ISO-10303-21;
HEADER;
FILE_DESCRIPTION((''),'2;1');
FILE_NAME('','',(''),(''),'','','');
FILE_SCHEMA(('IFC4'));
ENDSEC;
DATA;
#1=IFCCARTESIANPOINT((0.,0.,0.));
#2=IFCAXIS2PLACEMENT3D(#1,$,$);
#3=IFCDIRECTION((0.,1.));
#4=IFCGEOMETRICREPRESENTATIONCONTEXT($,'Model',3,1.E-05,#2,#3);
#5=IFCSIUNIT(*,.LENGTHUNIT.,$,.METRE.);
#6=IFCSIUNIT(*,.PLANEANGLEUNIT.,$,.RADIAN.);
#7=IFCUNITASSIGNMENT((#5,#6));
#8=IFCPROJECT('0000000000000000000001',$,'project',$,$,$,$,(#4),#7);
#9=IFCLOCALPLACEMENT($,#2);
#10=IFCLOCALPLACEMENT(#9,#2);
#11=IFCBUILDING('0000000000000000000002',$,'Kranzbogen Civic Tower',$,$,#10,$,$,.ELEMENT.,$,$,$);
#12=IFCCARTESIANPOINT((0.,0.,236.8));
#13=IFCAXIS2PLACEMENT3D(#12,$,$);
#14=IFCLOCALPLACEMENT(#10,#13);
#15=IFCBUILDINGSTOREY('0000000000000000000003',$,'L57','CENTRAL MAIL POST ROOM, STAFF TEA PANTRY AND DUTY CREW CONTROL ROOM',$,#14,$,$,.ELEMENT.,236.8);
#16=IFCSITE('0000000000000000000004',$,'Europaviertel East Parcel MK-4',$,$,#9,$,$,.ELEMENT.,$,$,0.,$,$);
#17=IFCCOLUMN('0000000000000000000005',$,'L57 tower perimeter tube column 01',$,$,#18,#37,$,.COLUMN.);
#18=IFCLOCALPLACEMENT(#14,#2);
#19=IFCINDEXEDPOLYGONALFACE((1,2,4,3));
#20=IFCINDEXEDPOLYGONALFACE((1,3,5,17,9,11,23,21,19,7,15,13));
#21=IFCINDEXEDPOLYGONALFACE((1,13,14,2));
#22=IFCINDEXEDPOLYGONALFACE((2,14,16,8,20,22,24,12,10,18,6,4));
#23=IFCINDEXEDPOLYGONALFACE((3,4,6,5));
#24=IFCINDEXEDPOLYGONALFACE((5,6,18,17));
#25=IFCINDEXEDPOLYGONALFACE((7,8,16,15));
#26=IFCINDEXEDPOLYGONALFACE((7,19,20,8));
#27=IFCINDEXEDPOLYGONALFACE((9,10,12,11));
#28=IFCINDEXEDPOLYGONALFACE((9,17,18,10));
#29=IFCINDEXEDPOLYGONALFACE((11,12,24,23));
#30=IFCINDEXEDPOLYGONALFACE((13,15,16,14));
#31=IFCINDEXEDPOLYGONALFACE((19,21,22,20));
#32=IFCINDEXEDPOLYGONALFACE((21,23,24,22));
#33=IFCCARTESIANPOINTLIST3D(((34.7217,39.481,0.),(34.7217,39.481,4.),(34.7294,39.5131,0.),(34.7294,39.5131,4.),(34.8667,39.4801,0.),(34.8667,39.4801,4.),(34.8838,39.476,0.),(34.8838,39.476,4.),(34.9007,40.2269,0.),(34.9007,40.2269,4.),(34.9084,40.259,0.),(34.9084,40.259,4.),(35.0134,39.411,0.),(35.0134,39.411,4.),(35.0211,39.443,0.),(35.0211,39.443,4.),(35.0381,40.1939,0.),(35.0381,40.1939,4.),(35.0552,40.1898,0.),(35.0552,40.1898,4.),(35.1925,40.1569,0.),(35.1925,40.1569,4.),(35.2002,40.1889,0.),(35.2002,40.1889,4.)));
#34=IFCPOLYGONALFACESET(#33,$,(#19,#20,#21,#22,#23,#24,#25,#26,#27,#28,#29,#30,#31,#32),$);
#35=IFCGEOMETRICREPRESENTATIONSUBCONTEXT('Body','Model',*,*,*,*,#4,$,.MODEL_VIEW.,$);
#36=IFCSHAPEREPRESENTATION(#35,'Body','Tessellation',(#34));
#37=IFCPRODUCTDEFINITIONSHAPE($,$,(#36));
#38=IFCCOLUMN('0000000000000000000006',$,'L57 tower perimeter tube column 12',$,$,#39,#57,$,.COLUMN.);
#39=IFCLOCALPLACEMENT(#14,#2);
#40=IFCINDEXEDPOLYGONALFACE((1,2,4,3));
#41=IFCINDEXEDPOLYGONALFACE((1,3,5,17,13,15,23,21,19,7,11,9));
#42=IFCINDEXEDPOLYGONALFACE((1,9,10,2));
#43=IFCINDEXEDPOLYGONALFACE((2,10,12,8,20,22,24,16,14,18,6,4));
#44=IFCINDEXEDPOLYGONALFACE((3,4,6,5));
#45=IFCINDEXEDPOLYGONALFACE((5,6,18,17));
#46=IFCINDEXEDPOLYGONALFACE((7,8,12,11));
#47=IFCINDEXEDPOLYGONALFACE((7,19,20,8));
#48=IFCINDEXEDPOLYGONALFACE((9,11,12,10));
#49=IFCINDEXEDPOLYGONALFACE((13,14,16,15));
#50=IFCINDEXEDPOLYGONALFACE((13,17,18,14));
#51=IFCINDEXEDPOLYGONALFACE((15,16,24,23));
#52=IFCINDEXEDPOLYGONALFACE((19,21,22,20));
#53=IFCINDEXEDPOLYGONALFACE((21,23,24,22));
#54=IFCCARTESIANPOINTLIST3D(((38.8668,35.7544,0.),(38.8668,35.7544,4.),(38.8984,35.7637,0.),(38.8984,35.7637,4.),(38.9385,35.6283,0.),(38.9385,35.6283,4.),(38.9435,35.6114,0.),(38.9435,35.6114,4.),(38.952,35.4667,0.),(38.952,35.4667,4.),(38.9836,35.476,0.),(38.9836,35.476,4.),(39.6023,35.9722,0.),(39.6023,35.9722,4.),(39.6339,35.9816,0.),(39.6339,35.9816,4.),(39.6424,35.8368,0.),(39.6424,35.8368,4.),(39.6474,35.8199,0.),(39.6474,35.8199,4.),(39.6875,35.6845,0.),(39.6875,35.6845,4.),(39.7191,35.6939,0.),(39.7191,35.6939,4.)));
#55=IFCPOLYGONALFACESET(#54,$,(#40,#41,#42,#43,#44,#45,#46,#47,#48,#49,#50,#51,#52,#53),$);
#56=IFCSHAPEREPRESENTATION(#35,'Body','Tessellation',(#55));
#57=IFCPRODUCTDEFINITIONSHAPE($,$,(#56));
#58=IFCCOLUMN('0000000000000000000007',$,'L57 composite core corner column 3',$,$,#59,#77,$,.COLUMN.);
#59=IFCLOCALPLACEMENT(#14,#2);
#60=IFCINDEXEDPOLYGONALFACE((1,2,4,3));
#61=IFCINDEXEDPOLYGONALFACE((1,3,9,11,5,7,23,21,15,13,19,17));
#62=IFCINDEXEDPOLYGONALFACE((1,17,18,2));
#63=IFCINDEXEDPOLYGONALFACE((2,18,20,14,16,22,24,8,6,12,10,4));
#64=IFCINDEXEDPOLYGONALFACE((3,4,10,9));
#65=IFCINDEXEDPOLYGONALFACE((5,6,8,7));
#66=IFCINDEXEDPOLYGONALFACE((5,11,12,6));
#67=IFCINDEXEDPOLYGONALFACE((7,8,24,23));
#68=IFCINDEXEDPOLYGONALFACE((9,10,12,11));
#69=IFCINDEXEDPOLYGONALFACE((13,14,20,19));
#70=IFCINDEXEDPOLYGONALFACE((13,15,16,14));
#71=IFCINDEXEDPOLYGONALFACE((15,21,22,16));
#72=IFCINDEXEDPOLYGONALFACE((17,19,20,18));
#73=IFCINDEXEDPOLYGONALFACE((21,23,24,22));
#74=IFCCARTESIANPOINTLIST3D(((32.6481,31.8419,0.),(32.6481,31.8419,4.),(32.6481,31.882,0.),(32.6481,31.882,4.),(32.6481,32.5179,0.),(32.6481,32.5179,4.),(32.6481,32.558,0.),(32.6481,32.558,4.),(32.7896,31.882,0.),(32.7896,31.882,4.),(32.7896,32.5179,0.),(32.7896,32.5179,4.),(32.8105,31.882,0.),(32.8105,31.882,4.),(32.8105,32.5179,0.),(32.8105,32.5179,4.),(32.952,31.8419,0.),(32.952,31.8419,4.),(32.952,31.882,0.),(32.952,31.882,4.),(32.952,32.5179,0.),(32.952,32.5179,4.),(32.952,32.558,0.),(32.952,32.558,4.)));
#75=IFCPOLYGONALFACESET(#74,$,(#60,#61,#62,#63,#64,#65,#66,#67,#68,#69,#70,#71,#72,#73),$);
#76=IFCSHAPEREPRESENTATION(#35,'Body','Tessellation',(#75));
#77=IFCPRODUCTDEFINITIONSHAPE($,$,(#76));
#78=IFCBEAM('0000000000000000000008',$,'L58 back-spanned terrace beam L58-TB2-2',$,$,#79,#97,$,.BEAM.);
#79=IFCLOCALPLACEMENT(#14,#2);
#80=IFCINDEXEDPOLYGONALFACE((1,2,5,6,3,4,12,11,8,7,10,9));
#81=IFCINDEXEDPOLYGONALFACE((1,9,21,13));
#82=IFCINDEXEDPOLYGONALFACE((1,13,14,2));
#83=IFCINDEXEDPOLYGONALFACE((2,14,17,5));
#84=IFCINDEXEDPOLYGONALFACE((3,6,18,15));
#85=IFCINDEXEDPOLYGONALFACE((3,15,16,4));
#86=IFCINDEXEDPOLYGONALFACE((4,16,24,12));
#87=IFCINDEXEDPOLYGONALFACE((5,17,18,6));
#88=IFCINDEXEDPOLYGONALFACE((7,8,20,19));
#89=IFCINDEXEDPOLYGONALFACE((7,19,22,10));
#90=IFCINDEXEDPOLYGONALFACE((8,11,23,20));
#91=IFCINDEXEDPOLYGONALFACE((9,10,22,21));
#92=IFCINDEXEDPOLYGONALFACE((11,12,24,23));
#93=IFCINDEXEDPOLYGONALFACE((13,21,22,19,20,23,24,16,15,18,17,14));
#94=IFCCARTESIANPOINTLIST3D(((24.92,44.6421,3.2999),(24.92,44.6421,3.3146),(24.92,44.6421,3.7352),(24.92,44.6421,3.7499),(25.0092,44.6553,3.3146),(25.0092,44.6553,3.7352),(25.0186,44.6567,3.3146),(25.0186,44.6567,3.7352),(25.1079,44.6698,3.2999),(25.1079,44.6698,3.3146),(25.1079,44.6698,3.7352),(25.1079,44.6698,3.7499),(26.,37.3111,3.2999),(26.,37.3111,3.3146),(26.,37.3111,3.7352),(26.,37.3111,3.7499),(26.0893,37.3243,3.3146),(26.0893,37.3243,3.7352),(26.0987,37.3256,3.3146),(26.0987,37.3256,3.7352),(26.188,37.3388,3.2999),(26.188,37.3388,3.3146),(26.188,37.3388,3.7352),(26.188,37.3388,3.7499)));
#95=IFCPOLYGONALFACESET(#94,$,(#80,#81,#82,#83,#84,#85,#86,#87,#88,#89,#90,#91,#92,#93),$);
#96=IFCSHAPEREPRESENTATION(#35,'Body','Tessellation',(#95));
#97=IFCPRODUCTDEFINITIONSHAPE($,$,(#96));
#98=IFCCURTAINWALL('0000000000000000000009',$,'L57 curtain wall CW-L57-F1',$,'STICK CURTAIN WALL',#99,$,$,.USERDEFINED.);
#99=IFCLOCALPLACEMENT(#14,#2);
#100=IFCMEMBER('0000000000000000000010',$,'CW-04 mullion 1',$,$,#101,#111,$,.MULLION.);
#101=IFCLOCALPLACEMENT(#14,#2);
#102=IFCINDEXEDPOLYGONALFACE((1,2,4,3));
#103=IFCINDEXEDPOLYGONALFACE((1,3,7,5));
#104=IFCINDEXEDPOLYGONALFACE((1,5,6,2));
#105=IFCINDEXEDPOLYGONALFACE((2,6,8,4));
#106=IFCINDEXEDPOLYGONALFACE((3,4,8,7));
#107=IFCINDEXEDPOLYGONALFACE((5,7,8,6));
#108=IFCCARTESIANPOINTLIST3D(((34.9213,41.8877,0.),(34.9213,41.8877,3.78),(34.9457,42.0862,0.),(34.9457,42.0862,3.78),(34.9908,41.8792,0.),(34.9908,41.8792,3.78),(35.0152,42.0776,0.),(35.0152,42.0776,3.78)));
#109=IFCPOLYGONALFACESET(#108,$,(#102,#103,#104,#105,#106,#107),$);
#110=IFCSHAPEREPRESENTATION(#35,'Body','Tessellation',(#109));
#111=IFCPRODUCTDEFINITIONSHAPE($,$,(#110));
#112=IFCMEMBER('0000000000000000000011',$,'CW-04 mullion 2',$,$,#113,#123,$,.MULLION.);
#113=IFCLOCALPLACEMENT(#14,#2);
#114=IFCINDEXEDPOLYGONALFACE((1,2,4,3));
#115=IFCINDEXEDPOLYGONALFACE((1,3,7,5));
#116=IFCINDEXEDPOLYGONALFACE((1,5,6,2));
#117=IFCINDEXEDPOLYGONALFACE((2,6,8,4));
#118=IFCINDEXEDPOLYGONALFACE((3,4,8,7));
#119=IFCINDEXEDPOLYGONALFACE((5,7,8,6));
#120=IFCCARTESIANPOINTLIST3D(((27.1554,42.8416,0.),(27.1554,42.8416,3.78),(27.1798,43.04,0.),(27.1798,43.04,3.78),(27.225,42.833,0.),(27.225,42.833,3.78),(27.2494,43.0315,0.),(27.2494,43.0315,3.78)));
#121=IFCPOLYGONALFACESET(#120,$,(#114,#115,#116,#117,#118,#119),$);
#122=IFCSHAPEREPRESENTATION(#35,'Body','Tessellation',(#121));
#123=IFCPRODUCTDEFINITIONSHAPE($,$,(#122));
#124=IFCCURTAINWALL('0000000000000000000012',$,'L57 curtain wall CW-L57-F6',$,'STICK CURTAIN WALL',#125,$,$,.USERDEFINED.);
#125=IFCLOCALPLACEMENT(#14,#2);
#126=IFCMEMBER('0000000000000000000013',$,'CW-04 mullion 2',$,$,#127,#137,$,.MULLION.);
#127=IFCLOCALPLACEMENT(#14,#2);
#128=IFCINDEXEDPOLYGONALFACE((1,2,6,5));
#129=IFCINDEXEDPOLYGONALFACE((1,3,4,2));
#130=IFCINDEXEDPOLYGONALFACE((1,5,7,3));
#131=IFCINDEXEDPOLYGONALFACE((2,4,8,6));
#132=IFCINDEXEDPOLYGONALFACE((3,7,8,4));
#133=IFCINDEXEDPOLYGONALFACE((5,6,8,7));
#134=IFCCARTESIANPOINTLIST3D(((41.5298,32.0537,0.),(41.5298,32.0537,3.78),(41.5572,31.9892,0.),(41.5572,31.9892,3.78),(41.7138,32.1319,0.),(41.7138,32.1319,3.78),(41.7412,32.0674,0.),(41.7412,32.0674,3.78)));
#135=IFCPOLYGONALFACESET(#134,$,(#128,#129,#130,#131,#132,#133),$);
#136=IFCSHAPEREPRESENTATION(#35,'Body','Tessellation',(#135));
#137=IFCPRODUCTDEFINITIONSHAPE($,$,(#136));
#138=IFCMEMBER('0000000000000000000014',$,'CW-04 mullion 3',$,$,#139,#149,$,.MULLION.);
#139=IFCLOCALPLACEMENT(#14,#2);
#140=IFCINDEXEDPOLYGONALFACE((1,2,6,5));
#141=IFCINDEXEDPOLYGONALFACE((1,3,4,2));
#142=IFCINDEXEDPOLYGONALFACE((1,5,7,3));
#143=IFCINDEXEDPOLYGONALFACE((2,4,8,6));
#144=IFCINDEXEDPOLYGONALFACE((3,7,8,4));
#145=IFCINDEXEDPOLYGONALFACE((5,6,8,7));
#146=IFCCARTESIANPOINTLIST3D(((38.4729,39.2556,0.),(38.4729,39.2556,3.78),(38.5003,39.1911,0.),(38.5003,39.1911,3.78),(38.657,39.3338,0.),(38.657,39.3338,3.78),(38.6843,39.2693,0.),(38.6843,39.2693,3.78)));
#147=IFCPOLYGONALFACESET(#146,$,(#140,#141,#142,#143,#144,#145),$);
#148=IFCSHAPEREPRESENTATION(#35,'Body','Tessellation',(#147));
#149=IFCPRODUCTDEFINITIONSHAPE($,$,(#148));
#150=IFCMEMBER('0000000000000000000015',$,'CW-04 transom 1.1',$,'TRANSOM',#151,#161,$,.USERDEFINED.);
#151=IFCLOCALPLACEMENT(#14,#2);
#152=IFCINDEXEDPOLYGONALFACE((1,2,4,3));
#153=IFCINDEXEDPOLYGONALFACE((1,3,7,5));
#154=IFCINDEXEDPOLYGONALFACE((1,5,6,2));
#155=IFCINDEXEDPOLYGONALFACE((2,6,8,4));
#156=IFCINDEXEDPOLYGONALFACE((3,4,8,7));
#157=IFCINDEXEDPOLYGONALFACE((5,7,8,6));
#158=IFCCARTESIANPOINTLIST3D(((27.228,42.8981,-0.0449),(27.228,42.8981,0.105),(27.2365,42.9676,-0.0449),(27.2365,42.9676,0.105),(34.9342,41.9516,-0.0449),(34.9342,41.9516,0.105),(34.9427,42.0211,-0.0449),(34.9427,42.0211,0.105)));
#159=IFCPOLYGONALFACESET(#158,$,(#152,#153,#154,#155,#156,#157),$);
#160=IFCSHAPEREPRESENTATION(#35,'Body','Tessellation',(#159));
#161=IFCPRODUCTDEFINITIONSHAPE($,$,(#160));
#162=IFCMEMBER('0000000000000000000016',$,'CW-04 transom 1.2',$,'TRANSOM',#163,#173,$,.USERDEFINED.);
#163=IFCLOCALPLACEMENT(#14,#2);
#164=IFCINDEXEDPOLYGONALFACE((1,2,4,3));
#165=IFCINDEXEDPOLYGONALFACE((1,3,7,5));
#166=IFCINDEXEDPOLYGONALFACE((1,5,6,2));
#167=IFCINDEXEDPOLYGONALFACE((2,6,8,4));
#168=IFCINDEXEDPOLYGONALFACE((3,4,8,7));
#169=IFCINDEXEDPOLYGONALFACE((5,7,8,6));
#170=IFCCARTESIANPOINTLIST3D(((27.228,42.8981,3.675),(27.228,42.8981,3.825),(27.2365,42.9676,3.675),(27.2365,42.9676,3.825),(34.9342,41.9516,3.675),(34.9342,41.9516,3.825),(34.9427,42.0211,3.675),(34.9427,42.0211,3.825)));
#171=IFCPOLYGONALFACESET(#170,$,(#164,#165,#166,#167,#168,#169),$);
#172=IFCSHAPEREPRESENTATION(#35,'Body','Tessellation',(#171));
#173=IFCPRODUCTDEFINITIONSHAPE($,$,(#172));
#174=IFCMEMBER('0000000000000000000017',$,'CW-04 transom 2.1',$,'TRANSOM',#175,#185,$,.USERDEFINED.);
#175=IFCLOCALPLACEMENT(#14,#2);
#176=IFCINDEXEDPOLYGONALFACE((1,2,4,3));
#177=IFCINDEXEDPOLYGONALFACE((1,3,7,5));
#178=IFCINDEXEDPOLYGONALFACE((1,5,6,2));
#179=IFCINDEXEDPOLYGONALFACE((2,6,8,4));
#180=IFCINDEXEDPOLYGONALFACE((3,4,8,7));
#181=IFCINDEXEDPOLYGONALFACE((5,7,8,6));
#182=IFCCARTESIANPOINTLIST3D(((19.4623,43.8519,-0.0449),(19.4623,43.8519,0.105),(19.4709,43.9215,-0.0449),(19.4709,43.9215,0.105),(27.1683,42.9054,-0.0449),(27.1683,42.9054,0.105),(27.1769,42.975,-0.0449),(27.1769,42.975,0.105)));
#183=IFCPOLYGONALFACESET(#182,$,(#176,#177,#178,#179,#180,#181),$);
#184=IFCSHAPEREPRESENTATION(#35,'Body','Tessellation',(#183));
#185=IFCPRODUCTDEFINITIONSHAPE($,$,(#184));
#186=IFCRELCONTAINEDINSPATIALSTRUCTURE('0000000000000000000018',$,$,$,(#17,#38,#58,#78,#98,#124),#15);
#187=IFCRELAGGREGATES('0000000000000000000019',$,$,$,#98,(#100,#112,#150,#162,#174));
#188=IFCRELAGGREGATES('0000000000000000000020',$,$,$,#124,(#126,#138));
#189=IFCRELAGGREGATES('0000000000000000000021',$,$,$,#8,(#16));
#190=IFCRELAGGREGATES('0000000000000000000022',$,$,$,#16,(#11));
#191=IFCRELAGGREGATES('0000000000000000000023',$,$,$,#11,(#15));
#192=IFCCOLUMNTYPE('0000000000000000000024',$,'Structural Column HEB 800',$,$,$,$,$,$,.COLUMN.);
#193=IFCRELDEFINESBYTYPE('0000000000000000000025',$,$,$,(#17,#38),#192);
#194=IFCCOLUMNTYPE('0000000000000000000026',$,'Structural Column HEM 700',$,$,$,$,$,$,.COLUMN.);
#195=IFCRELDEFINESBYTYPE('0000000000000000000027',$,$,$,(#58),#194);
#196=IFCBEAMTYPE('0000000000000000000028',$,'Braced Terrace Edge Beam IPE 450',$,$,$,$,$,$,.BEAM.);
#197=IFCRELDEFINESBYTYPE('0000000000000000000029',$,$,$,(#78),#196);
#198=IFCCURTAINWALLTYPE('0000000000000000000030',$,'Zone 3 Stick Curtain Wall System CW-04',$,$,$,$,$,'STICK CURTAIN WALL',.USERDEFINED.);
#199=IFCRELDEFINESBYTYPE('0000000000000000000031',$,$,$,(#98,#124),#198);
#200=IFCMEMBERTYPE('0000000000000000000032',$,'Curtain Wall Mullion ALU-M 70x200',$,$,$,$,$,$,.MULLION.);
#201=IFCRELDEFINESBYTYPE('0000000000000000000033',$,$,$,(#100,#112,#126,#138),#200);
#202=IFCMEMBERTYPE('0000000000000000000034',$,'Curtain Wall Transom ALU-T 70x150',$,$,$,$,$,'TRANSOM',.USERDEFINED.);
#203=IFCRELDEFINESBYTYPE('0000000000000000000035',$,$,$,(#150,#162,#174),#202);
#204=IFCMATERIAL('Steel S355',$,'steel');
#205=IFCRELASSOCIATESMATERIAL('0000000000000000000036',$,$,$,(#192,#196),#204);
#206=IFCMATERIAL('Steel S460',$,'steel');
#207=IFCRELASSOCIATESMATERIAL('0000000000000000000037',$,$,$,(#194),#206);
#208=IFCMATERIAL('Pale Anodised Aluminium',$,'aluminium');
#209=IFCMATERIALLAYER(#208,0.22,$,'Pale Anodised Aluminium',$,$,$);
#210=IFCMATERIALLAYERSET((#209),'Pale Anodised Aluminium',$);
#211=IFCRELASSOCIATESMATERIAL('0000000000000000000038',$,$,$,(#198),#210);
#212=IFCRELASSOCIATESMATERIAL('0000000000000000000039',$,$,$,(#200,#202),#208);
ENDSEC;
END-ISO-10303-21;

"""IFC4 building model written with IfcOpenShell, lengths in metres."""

from ifc_helpers import new_model, si_unit, direction, frame, origin, origin_2d, place, context, subcontext, project, spatial, rectangle, i_section, extrude, material, layer, layer_set, material_profile, profile_set, type_object, element, aggregate, save


model = new_model("IFC4")

# Units and contexts
model_context = context("Model", 3, precision=1e-05, world=origin(), true_north=direction((0.0, 1.0)))
body_context = subcontext(model_context, "Body", "Model", "MODEL_VIEW")
ifc_project = project(units=[si_unit("LENGTHUNIT", "METRE"), si_unit("PLANEANGLEUNIT", "RADIAN")], contexts=[model_context])

# Site, building, storey
site_placement = place(None, origin())
site = spatial("IfcSite", under=ifc_project, at=site_placement, Name="Europaviertel East Parcel MK-4", CompositionType="ELEMENT", RefElevation=0.0)
building_placement = place(site_placement, origin())
building = spatial("IfcBuilding", under=site, at=building_placement, Name="Kranzbogen Civic Tower", CompositionType="ELEMENT")
storey_placement = place(building_placement, frame((0.0, 0.0, 236.8)))
storey = spatial("IfcBuildingStorey", under=building, at=storey_placement, Name="L57", Description="CENTRAL MAIL POST ROOM, STAFF TEA PANTRY AND DUTY CREW CONTROL ROOM", CompositionType="ELEMENT", Elevation=236.8)

# Columns
ifc_material_1 = material(Name="Steel S355", Category="steel")
ifc_material_profile_1 = material_profile(ifc_material_1, i_section(OverallWidth=0.3, OverallDepth=0.8, WebThickness=0.0176, FlangeThickness=0.033, at=origin_2d()), Name="HEB 800")
ifc_profile_set_1 = profile_set([ifc_material_profile_1], Name="Steel S355")
column_type_1 = type_object("IfcColumnType", Name="Structural Column HEB 800", PredefinedType="COLUMN", material=ifc_profile_set_1)
for number, where, z_axis, x_axis, name in (
    (1, (34.9609, 39.835, 0.0), (0.0, 0.0, 1.0), (-0.97237, 0.233445, 0.0), "L57 tower perimeter tube column 01"),
    (2, (39.293, 35.7241, 0.0), (0.0, 0.0, 1.0), (-0.284015, 0.95882, 0.0), "L57 tower perimeter tube column 12"),
):
    element("IfcColumn", number, at=place(storey_placement, frame(where, z_axis=z_axis, x_axis=x_axis)), inside=storey, type_object=column_type_1, Name=name, PredefinedType="COLUMN", context=body_context, shape_type="SweptSolid", body=[
        extrude(i_section(OverallWidth=0.3, OverallDepth=0.8, WebThickness=0.0176, FlangeThickness=0.033, at=origin_2d()), origin(), (0.0, 0.0, 1.0), 4.0),
    ])
ifc_material_2 = material(Name="Steel S460", Category="steel")
ifc_material_profile_2 = material_profile(ifc_material_2, i_section(OverallWidth=0.304, OverallDepth=0.7161, WebThickness=0.021, FlangeThickness=0.04, at=origin_2d()), Name="HEM 700")
ifc_profile_set_2 = profile_set([ifc_material_profile_2], Name="Steel S460")
column_type_2 = type_object("IfcColumnType", Name="Structural Column HEM 700", PredefinedType="COLUMN", material=ifc_profile_set_2)
column_placement = place(storey_placement, frame((32.8, 32.2, 0.0), z_axis=(0.0, 0.0, 1.0), x_axis=(1.0, 0.0, 0.0)))
element("IfcColumn", 3, at=column_placement, inside=storey, type_object=column_type_2, Name="L57 composite core corner column 3", PredefinedType="COLUMN", context=body_context, shape_type="SweptSolid", body=[
    extrude(i_section(OverallWidth=0.304, OverallDepth=0.7161, WebThickness=0.021, FlangeThickness=0.04, at=origin_2d()), origin(), (0.0, 0.0, 1.0), 4.0),
])

# Beam
ifc_material_profile_3 = material_profile(ifc_material_1, i_section(OverallWidth=0.1899, OverallDepth=0.45, WebThickness=0.0095, FlangeThickness=0.0146, at=origin_2d()), Name="IPE 450")
ifc_profile_set_3 = profile_set([ifc_material_profile_3], Name="Steel S355")
beam_type_1 = type_object("IfcBeamType", Name="Braced Terrace Edge Beam IPE 450", PredefinedType="BEAM", material=ifc_profile_set_3)
beam_1_placement = place(storey_placement, frame((26.094, 37.325, 3.5249), z_axis=(-0.145756, 0.989321, 0.0), x_axis=(-0.989321, -0.145756, 0.0)))
element("IfcBeam", 4, at=beam_1_placement, inside=storey, type_object=beam_type_1, Name="L58 back-spanned terrace beam L58-TB2-2", PredefinedType="BEAM", context=body_context, shape_type="SweptSolid", body=[
    extrude(i_section(OverallWidth=0.1899, OverallDepth=0.45, WebThickness=0.0095, FlangeThickness=0.0146, at=origin_2d()), origin(), (0.0, 0.0, 1.0), 7.4102),
])

# Curtain walls, members
ifc_material_3 = material(Name="Pale Anodised Aluminium", Category="aluminium")
ifc_layer_1 = layer(ifc_material_3, 0.22, Name="Pale Anodised Aluminium")
ifc_layer_set_1 = layer_set([ifc_layer_1], Name="Pale Anodised Aluminium")
curtain_wall_type = type_object("IfcCurtainWallType", Name="Zone 3 Stick Curtain Wall System CW-04", ElementType="STICK CURTAIN WALL", PredefinedType="USERDEFINED", material=ifc_layer_set_1)
curtain_wall_1_placement = place(storey_placement, origin())
curtain_wall_1 = element("IfcCurtainWall", 5, at=curtain_wall_1_placement, inside=storey, type_object=curtain_wall_type, Name="L57 curtain wall CW-L57-F1", ObjectType="STICK CURTAIN WALL", PredefinedType="USERDEFINED")
ifc_material_profile_4 = material_profile(ifc_material_3, rectangle(XDim=0.0701, YDim=0.2, at=origin_2d()), Name="ALU-M 70x200")
ifc_profile_set_4 = profile_set([ifc_material_profile_4], Name="Pale Anodised Aluminium")
member_type_1 = type_object("IfcMemberType", Name="Curtain Wall Mullion ALU-M 70x200", PredefinedType="MULLION", material=ifc_profile_set_4)
member_1_placement = place(storey_placement, frame((34.9683, 41.9827, 0.0), z_axis=(0.0, 0.0, 1.0), x_axis=(-0.992541, 0.121911, 0.0)))
member_1 = element("IfcMember", 6, at=member_1_placement, type_object=member_type_1, Name="CW-04 mullion 1", PredefinedType="MULLION", context=body_context, shape_type="SweptSolid", body=[
    extrude(rectangle(XDim=0.0701, YDim=0.2, at=origin_2d()), origin(), (0.0, 0.0, 1.0), 3.78),
])
member_2_placement = place(storey_placement, frame((27.2024, 42.9365, 0.0), z_axis=(0.0, 0.0, 1.0), x_axis=(-0.992541, 0.121911, 0.0)))
member_2 = element("IfcMember", 7, at=member_2_placement, type_object=member_type_1, Name="CW-04 mullion 2", PredefinedType="MULLION", context=body_context, shape_type="SweptSolid", body=[
    extrude(rectangle(XDim=0.0701, YDim=0.2, at=origin_2d()), origin(), (0.0, 0.0, 1.0), 3.78),
])
curtain_wall_2_placement = place(storey_placement, origin())
curtain_wall_2 = element("IfcCurtainWall", 8, at=curtain_wall_2_placement, inside=storey, type_object=curtain_wall_type, Name="L57 curtain wall CW-L57-F6", ObjectType="STICK CURTAIN WALL", PredefinedType="USERDEFINED")
member_3_placement = place(storey_placement, frame((41.6355, 32.0605, 0.0), z_axis=(0.0, 0.0, 1.0), x_axis=(-0.390705, 0.920516, 0.0)))
member_3 = element("IfcMember", 9, at=member_3_placement, type_object=member_type_1, Name="CW-04 mullion 2", PredefinedType="MULLION", context=body_context, shape_type="SweptSolid", body=[
    extrude(rectangle(XDim=0.0701, YDim=0.2, at=origin_2d()), origin(), (0.0, 0.0, 1.0), 3.78),
])
member_4_placement = place(storey_placement, frame((38.5786, 39.2625, 0.0), z_axis=(0.0, 0.0, 1.0), x_axis=(-0.390705, 0.920516, 0.0)))
member_4 = element("IfcMember", 10, at=member_4_placement, type_object=member_type_1, Name="CW-04 mullion 3", PredefinedType="MULLION", context=body_context, shape_type="SweptSolid", body=[
    extrude(rectangle(XDim=0.0701, YDim=0.2, at=origin_2d()), origin(), (0.0, 0.0, 1.0), 3.78),
])

# Members
ifc_material_profile_5 = material_profile(ifc_material_3, rectangle(XDim=0.0701, YDim=0.1499, at=origin_2d()), Name="ALU-T 70x150")
ifc_profile_set_5 = profile_set([ifc_material_profile_5], Name="Pale Anodised Aluminium")
member_type_2 = type_object("IfcMemberType", Name="Curtain Wall Transom ALU-T 70x150", ElementType="TRANSOM", PredefinedType="USERDEFINED", material=ifc_profile_set_5)
member_5_placement = place(storey_placement, frame((34.9385, 41.9863, 0.03), z_axis=(-0.992541, 0.12191, 0.0), x_axis=(-0.12191, -0.992541, 0.0)))
member_5 = element("IfcMember", 11, at=member_5_placement, type_object=member_type_2, Name="CW-04 transom 1.1", ObjectType="TRANSOM", PredefinedType="USERDEFINED", context=body_context, shape_type="SweptSolid", body=[
    extrude(rectangle(XDim=0.0701, YDim=0.1499, at=origin_2d()), origin(), (0.0, 0.0, 1.0), 7.7642),
])
member_6_placement = place(storey_placement, frame((34.9385, 41.9863, 3.75), z_axis=(-0.992541, 0.12191, 0.0), x_axis=(-0.12191, -0.992541, 0.0)))
member_6 = element("IfcMember", 12, at=member_6_placement, type_object=member_type_2, Name="CW-04 transom 1.2", ObjectType="TRANSOM", PredefinedType="USERDEFINED", context=body_context, shape_type="SweptSolid", body=[
    extrude(rectangle(XDim=0.0701, YDim=0.1499, at=origin_2d()), origin(), (0.0, 0.0, 1.0), 7.7642),
])
member_7_placement = place(storey_placement, frame((27.1726, 42.9402, 0.03), z_axis=(-0.992541, 0.121914, 0.0), x_axis=(-0.121914, -0.992541, 0.0)))
member_7 = element("IfcMember", 13, at=member_7_placement, type_object=member_type_2, Name="CW-04 transom 2.1", ObjectType="TRANSOM", PredefinedType="USERDEFINED", context=body_context, shape_type="SweptSolid", body=[
    extrude(rectangle(XDim=0.0701, YDim=0.1499, at=origin_2d()), origin(), (0.0, 0.0, 1.0), 7.7639),
])

aggregate(curtain_wall_1, [member_1, member_2, member_5, member_6, member_7])
aggregate(curtain_wall_2, [member_3, member_4])

save(model, "model.ifc")
